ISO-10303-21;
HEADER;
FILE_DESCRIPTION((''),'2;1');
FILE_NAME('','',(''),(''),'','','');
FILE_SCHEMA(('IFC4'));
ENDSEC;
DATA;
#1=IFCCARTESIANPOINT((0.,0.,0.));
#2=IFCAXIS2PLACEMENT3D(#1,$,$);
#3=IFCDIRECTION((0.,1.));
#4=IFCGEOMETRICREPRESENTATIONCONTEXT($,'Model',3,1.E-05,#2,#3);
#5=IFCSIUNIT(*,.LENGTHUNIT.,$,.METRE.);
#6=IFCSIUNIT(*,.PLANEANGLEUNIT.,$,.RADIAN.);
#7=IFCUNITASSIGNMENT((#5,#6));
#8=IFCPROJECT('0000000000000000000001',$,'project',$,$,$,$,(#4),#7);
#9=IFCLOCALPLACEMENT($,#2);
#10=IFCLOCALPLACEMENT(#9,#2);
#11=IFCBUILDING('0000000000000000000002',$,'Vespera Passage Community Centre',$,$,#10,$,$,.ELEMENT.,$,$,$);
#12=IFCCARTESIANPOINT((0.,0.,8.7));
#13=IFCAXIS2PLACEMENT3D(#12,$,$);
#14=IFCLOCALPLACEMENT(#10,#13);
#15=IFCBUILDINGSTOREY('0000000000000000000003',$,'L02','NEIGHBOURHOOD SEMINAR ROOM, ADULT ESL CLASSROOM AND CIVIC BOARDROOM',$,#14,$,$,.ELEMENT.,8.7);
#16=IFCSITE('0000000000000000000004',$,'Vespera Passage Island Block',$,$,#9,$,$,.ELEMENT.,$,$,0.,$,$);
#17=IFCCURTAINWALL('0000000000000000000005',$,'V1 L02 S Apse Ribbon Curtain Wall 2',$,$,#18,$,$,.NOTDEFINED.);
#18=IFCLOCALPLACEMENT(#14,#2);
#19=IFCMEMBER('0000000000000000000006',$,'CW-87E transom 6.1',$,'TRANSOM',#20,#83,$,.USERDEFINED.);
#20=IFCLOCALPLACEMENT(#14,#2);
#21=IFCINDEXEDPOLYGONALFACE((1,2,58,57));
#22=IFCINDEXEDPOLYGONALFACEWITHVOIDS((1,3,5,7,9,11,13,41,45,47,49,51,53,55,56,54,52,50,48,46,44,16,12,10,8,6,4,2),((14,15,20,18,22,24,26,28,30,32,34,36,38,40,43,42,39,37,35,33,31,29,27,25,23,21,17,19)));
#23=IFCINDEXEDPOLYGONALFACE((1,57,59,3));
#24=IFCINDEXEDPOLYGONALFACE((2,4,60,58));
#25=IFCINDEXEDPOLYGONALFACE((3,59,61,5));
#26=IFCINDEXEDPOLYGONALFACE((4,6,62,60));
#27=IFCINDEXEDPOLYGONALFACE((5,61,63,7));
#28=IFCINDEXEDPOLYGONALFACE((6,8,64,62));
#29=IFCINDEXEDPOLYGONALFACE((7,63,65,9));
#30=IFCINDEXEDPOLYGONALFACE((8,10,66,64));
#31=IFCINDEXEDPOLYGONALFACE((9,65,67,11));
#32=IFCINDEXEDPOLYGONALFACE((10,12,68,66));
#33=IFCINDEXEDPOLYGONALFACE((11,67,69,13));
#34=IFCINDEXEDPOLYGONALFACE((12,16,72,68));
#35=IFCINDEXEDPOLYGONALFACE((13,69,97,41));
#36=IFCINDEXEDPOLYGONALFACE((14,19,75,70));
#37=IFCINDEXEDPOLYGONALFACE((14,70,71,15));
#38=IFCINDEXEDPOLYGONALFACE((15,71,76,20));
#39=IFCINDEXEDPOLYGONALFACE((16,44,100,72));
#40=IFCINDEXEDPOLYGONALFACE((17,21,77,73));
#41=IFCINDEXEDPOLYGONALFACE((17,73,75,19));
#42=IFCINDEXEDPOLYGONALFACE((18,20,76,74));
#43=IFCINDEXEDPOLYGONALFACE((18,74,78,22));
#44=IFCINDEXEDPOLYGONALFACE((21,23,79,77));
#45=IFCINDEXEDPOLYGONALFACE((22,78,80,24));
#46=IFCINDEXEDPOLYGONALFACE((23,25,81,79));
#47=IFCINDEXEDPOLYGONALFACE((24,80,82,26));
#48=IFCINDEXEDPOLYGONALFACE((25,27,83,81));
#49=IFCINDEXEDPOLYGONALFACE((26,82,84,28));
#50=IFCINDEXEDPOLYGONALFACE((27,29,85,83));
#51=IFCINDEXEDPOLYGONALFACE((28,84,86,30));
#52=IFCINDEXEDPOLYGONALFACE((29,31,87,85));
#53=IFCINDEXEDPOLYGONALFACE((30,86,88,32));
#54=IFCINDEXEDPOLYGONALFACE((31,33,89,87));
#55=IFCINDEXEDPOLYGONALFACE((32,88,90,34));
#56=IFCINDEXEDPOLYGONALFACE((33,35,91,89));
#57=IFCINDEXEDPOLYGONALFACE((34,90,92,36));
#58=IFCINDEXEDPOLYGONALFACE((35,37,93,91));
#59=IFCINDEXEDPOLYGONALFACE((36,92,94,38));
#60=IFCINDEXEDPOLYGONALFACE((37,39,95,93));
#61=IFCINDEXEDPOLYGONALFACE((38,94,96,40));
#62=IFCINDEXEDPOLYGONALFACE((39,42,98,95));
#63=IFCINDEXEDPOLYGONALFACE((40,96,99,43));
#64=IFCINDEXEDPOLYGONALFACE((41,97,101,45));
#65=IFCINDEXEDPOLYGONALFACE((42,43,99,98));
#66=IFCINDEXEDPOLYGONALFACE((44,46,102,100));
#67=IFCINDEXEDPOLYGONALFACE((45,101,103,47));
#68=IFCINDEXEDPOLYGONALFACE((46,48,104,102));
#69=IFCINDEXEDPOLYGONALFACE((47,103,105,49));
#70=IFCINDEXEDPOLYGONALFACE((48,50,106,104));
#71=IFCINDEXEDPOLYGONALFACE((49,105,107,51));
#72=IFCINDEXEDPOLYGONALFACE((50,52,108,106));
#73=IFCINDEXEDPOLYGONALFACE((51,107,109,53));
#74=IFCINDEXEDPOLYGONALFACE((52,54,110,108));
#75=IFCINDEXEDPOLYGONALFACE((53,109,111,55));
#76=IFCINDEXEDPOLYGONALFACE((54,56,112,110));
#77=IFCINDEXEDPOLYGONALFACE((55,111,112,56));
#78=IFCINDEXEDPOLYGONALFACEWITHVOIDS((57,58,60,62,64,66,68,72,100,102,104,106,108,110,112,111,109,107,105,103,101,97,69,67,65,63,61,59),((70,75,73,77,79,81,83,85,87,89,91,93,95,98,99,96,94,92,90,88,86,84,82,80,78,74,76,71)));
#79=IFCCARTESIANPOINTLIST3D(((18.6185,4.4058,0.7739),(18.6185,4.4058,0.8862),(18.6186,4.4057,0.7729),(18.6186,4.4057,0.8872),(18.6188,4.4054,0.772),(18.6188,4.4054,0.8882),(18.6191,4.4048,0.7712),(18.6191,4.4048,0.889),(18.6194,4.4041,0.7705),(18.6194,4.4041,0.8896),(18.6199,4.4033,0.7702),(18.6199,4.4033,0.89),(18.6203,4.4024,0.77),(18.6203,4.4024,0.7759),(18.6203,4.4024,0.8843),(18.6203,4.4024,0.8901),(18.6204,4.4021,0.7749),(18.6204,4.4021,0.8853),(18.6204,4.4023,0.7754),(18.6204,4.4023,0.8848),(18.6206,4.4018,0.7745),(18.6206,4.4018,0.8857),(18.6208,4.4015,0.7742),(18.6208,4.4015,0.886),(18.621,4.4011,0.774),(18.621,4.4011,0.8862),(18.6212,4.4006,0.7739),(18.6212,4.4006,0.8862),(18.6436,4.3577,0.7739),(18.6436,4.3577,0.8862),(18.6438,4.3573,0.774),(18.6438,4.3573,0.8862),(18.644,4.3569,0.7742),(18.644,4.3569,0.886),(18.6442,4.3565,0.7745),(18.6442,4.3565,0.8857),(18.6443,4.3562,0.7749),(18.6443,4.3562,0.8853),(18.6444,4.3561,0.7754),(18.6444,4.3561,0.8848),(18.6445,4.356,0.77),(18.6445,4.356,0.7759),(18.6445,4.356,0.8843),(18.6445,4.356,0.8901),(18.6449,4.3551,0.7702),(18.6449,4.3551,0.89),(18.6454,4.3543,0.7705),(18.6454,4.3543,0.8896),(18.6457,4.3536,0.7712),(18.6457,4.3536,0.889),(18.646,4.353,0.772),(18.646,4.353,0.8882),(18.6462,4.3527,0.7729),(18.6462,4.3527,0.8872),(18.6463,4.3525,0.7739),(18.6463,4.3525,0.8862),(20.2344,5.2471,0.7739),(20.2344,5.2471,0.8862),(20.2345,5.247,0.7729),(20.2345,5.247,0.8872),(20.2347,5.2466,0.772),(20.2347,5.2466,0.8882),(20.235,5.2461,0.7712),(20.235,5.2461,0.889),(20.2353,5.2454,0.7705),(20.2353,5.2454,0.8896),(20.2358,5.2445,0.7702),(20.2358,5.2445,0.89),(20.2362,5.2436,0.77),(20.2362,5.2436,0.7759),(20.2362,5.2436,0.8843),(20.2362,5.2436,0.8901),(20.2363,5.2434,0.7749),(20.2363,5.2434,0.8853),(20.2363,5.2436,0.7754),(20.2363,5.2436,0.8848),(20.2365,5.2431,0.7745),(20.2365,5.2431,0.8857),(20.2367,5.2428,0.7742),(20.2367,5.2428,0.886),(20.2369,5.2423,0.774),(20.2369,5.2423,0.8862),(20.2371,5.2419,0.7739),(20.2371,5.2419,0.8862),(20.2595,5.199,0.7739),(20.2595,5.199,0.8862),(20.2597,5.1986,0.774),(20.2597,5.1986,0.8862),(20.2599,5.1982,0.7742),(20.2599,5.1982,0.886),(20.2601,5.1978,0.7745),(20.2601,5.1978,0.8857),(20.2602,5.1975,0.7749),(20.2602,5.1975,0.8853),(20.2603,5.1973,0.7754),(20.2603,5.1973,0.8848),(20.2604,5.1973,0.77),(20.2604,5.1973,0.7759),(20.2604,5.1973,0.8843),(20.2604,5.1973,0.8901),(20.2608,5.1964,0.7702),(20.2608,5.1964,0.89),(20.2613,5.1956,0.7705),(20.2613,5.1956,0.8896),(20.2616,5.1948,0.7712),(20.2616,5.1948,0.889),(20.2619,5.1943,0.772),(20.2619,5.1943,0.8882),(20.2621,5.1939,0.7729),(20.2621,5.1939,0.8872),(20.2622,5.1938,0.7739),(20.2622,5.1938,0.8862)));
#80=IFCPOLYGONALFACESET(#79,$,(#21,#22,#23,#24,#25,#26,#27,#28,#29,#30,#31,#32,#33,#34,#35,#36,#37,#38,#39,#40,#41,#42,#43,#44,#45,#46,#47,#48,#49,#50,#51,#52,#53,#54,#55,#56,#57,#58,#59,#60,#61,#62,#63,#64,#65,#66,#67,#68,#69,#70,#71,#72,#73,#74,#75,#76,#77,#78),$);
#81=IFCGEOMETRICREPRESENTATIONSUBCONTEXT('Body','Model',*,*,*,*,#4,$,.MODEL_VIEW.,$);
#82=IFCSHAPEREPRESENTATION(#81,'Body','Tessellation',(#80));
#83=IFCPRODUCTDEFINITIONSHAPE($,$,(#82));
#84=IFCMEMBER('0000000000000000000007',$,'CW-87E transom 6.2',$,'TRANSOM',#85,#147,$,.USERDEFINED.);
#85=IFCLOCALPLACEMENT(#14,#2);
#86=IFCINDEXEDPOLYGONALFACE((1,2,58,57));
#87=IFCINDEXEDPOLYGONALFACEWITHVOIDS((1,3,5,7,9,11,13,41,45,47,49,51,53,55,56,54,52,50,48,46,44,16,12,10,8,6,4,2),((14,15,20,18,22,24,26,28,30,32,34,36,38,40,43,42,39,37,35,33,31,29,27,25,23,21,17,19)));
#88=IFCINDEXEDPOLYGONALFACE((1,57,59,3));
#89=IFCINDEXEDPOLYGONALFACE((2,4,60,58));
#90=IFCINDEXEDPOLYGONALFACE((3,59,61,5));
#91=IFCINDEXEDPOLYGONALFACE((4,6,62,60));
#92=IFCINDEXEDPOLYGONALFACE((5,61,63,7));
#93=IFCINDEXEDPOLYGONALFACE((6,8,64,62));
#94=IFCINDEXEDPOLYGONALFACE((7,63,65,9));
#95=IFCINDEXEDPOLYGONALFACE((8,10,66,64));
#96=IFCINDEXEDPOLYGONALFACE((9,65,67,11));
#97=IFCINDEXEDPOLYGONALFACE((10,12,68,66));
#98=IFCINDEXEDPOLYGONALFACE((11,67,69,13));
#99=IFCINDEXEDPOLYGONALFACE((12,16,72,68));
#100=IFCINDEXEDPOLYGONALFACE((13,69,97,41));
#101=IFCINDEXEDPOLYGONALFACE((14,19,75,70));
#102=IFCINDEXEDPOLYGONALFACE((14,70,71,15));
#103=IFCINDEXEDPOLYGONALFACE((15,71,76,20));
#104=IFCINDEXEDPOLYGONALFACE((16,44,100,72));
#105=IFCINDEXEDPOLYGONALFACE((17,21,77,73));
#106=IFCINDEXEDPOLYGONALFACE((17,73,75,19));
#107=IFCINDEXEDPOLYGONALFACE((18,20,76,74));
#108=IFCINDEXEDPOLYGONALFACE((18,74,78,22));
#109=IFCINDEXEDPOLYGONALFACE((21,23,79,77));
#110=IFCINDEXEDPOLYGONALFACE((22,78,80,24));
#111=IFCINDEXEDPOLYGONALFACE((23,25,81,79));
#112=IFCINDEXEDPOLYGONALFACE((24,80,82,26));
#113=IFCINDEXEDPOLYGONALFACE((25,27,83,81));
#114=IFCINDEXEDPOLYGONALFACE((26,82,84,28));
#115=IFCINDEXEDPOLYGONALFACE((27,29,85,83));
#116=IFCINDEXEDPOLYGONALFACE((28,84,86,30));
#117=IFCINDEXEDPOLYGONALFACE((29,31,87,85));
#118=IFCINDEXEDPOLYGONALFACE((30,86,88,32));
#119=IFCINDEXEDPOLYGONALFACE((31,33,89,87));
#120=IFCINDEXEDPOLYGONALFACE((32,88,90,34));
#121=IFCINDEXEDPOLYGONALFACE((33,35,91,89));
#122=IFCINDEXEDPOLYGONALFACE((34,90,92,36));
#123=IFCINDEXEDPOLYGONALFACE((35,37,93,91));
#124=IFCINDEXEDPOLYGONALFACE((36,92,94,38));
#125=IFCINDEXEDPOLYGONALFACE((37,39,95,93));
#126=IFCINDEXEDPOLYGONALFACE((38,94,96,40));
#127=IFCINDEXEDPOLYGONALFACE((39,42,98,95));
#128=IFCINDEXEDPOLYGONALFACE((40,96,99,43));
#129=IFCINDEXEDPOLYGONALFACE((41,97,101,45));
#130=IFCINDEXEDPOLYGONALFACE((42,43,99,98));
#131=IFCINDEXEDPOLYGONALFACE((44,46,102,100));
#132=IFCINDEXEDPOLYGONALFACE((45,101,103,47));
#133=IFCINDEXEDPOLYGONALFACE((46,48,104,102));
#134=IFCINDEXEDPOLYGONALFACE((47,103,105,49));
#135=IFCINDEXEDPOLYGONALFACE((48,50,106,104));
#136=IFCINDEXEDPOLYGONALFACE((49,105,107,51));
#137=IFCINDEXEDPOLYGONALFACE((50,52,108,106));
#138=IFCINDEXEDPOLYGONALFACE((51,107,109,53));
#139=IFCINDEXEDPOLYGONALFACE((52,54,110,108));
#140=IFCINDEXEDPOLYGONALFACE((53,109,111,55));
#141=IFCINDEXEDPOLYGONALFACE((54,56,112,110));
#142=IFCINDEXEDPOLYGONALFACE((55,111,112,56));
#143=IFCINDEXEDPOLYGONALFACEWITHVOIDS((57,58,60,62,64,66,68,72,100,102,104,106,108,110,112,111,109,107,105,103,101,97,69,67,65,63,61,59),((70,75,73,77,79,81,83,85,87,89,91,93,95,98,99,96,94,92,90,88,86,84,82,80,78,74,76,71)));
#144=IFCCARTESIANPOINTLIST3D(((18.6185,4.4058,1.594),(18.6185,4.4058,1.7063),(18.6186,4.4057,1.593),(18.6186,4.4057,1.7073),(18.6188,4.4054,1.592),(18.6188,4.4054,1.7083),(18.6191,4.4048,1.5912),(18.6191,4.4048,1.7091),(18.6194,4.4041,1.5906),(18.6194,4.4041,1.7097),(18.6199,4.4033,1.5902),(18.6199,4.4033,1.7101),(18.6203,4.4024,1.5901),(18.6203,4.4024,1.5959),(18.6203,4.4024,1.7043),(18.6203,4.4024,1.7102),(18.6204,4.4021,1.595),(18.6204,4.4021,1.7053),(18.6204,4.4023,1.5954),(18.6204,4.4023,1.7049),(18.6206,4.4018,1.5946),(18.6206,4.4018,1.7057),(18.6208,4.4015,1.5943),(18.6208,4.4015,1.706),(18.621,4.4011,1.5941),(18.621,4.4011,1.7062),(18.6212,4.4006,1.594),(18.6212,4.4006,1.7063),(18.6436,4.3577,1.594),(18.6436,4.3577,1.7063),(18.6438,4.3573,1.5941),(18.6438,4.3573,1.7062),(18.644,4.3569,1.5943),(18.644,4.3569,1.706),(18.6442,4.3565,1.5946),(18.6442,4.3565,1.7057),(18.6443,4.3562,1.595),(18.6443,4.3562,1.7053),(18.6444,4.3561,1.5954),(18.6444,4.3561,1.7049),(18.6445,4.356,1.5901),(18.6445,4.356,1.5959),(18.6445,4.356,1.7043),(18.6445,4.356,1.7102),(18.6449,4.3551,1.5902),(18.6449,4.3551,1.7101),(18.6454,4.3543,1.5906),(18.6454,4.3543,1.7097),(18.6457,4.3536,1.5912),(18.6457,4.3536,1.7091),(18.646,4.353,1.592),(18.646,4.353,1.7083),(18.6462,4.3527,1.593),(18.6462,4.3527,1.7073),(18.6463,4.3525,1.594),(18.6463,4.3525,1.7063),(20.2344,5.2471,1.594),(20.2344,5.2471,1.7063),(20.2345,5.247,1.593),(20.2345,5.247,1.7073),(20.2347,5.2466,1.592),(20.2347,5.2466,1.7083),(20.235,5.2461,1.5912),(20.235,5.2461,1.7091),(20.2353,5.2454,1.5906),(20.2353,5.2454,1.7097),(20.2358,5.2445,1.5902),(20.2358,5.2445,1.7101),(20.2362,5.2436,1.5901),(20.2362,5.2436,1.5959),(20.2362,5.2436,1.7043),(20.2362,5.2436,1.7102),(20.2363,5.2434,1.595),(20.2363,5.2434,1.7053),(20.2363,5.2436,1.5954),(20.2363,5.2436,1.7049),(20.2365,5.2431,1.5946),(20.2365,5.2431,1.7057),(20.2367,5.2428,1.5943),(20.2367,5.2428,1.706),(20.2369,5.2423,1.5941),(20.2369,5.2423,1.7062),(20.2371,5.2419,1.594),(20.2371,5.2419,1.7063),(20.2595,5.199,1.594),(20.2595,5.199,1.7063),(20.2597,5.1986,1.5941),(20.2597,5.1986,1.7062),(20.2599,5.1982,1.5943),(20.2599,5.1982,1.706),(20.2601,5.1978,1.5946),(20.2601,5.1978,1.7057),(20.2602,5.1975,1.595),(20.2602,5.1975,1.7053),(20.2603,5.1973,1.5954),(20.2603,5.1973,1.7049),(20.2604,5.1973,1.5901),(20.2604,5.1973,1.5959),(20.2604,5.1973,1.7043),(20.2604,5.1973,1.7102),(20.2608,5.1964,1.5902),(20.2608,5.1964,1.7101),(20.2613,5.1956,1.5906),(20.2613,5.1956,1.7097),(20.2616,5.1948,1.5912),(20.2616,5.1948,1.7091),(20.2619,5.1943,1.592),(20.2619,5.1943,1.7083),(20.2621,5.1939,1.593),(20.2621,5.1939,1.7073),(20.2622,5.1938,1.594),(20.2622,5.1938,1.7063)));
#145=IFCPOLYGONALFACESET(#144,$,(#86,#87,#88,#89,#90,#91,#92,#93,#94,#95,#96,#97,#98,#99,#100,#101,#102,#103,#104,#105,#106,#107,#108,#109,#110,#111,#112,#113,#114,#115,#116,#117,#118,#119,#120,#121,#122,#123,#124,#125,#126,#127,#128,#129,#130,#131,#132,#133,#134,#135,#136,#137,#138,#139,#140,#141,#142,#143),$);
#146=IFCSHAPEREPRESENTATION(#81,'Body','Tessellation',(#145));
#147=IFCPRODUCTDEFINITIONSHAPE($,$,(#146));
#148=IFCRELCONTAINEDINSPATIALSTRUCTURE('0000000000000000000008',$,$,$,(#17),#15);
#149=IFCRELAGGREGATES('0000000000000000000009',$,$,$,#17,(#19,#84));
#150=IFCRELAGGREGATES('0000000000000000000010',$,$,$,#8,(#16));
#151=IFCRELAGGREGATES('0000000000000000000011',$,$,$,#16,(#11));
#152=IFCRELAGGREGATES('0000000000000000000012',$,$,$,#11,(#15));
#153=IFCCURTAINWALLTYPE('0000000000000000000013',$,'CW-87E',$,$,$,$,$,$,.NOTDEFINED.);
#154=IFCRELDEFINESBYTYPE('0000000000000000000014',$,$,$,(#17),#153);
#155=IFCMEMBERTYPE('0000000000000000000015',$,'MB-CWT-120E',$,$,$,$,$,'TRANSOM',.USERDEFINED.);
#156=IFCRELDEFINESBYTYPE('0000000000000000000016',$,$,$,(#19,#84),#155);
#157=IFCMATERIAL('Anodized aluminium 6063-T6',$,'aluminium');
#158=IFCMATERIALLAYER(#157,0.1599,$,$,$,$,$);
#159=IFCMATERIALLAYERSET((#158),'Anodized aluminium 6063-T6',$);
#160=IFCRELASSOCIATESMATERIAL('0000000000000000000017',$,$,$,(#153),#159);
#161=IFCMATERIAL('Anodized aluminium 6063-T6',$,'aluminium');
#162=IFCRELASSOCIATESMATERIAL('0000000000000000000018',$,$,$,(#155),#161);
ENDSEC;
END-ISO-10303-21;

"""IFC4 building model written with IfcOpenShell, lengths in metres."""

from ifc_helpers import new_model, si_unit, direction, frame, origin, origin_2d, place, context, subcontext, project, spatial, hollow_rectangle, extrude, material, layer, layer_set, material_profile, profile_set, type_object, element, aggregate, save


model = new_model("IFC4")

# Units and contexts
model_context = context("Model", 3, precision=1e-05, world=origin(), true_north=direction((0.0, 1.0)))
body_context = subcontext(model_context, "Body", "Model", "MODEL_VIEW")
ifc_project = project(units=[si_unit("LENGTHUNIT", "METRE"), si_unit("PLANEANGLEUNIT", "RADIAN")], contexts=[model_context])

# Site, building, storey
site_placement = place(None, origin())
site = spatial("IfcSite", under=ifc_project, at=site_placement, Name="Vespera Passage Island Block", CompositionType="ELEMENT", RefElevation=0.0)
building_placement = place(site_placement, origin())
building = spatial("IfcBuilding", under=site, at=building_placement, Name="Vespera Passage Community Centre", CompositionType="ELEMENT")
storey_placement = place(building_placement, frame((0.0, 0.0, 8.7)))
storey = spatial("IfcBuildingStorey", under=building, at=storey_placement, Name="L02", Description="NEIGHBOURHOOD SEMINAR ROOM, ADULT ESL CLASSROOM AND CIVIC BOARDROOM", CompositionType="ELEMENT", Elevation=8.7)

# Curtain wall
ifc_material_1 = material(Name="Anodized aluminium 6063-T6", Category="aluminium")
ifc_layer_1 = layer(ifc_material_1, 0.1599)
ifc_layer_set_1 = layer_set([ifc_layer_1], Name="Anodized aluminium 6063-T6")
curtain_wall_type = type_object("IfcCurtainWallType", Name="CW-87E", PredefinedType="NOTDEFINED", material=ifc_layer_set_1)
curtain_wall_1_placement = place(storey_placement, origin())
curtain_wall_1 = element("IfcCurtainWall", 1, at=curtain_wall_1_placement, inside=storey, type_object=curtain_wall_type, Name="V1 L02 S Apse Ribbon Curtain Wall 2", PredefinedType="NOTDEFINED")

# Members
ifc_material_2 = material(Name="Anodized aluminium 6063-T6", Category="aluminium")
ifc_material_profile_1 = material_profile(ifc_material_2, hollow_rectangle(XDim=0.0601, YDim=0.1201, WallThickness=0.0039, InnerFilletRadius=0.002, OuterFilletRadius=0.0039, at=origin_2d()), Name="ALU120X60X4")
ifc_profile_set_1 = profile_set([ifc_material_profile_1], Name="Anodized aluminium 6063-T6")
member_type_1 = type_object("IfcMemberType", Name="MB-CWT-120E", ElementType="TRANSOM", PredefinedType="USERDEFINED", material=ifc_profile_set_1)
member_1_placement = place(storey_placement, frame((20.2483, 5.2205, 0.8301), z_axis=(-0.886991, -0.461787, 0.0), x_axis=(0.461787, -0.886991, 0.0)))
member_1 = element("IfcMember", 2, at=member_1_placement, type_object=member_type_1, Name="CW-87E transom 6.1", ObjectType="TRANSOM", PredefinedType="USERDEFINED", context=body_context, shape_type="SweptSolid", body=[
    extrude(hollow_rectangle(XDim=0.0601, YDim=0.1201, WallThickness=0.0039, InnerFilletRadius=0.002, OuterFilletRadius=0.0039, at=origin_2d()), origin(), (0.0, 0.0, 1.0), 1.8218),
])
member_2_placement = place(storey_placement, frame((20.2483, 5.2205, 1.6501), z_axis=(-0.886991, -0.461787, 0.0), x_axis=(0.461787, -0.886991, 0.0)))
member_2 = element("IfcMember", 3, at=member_2_placement, type_object=member_type_1, Name="CW-87E transom 6.2", ObjectType="TRANSOM", PredefinedType="USERDEFINED", context=body_context, shape_type="SweptSolid", body=[
    extrude(hollow_rectangle(XDim=0.0601, YDim=0.1201, WallThickness=0.0039, InnerFilletRadius=0.002, OuterFilletRadius=0.0039, at=origin_2d()), origin(), (0.0, 0.0, 1.0), 1.8218),
])

aggregate(curtain_wall_1, [member_1, member_2])

save(model, "model.ifc")
